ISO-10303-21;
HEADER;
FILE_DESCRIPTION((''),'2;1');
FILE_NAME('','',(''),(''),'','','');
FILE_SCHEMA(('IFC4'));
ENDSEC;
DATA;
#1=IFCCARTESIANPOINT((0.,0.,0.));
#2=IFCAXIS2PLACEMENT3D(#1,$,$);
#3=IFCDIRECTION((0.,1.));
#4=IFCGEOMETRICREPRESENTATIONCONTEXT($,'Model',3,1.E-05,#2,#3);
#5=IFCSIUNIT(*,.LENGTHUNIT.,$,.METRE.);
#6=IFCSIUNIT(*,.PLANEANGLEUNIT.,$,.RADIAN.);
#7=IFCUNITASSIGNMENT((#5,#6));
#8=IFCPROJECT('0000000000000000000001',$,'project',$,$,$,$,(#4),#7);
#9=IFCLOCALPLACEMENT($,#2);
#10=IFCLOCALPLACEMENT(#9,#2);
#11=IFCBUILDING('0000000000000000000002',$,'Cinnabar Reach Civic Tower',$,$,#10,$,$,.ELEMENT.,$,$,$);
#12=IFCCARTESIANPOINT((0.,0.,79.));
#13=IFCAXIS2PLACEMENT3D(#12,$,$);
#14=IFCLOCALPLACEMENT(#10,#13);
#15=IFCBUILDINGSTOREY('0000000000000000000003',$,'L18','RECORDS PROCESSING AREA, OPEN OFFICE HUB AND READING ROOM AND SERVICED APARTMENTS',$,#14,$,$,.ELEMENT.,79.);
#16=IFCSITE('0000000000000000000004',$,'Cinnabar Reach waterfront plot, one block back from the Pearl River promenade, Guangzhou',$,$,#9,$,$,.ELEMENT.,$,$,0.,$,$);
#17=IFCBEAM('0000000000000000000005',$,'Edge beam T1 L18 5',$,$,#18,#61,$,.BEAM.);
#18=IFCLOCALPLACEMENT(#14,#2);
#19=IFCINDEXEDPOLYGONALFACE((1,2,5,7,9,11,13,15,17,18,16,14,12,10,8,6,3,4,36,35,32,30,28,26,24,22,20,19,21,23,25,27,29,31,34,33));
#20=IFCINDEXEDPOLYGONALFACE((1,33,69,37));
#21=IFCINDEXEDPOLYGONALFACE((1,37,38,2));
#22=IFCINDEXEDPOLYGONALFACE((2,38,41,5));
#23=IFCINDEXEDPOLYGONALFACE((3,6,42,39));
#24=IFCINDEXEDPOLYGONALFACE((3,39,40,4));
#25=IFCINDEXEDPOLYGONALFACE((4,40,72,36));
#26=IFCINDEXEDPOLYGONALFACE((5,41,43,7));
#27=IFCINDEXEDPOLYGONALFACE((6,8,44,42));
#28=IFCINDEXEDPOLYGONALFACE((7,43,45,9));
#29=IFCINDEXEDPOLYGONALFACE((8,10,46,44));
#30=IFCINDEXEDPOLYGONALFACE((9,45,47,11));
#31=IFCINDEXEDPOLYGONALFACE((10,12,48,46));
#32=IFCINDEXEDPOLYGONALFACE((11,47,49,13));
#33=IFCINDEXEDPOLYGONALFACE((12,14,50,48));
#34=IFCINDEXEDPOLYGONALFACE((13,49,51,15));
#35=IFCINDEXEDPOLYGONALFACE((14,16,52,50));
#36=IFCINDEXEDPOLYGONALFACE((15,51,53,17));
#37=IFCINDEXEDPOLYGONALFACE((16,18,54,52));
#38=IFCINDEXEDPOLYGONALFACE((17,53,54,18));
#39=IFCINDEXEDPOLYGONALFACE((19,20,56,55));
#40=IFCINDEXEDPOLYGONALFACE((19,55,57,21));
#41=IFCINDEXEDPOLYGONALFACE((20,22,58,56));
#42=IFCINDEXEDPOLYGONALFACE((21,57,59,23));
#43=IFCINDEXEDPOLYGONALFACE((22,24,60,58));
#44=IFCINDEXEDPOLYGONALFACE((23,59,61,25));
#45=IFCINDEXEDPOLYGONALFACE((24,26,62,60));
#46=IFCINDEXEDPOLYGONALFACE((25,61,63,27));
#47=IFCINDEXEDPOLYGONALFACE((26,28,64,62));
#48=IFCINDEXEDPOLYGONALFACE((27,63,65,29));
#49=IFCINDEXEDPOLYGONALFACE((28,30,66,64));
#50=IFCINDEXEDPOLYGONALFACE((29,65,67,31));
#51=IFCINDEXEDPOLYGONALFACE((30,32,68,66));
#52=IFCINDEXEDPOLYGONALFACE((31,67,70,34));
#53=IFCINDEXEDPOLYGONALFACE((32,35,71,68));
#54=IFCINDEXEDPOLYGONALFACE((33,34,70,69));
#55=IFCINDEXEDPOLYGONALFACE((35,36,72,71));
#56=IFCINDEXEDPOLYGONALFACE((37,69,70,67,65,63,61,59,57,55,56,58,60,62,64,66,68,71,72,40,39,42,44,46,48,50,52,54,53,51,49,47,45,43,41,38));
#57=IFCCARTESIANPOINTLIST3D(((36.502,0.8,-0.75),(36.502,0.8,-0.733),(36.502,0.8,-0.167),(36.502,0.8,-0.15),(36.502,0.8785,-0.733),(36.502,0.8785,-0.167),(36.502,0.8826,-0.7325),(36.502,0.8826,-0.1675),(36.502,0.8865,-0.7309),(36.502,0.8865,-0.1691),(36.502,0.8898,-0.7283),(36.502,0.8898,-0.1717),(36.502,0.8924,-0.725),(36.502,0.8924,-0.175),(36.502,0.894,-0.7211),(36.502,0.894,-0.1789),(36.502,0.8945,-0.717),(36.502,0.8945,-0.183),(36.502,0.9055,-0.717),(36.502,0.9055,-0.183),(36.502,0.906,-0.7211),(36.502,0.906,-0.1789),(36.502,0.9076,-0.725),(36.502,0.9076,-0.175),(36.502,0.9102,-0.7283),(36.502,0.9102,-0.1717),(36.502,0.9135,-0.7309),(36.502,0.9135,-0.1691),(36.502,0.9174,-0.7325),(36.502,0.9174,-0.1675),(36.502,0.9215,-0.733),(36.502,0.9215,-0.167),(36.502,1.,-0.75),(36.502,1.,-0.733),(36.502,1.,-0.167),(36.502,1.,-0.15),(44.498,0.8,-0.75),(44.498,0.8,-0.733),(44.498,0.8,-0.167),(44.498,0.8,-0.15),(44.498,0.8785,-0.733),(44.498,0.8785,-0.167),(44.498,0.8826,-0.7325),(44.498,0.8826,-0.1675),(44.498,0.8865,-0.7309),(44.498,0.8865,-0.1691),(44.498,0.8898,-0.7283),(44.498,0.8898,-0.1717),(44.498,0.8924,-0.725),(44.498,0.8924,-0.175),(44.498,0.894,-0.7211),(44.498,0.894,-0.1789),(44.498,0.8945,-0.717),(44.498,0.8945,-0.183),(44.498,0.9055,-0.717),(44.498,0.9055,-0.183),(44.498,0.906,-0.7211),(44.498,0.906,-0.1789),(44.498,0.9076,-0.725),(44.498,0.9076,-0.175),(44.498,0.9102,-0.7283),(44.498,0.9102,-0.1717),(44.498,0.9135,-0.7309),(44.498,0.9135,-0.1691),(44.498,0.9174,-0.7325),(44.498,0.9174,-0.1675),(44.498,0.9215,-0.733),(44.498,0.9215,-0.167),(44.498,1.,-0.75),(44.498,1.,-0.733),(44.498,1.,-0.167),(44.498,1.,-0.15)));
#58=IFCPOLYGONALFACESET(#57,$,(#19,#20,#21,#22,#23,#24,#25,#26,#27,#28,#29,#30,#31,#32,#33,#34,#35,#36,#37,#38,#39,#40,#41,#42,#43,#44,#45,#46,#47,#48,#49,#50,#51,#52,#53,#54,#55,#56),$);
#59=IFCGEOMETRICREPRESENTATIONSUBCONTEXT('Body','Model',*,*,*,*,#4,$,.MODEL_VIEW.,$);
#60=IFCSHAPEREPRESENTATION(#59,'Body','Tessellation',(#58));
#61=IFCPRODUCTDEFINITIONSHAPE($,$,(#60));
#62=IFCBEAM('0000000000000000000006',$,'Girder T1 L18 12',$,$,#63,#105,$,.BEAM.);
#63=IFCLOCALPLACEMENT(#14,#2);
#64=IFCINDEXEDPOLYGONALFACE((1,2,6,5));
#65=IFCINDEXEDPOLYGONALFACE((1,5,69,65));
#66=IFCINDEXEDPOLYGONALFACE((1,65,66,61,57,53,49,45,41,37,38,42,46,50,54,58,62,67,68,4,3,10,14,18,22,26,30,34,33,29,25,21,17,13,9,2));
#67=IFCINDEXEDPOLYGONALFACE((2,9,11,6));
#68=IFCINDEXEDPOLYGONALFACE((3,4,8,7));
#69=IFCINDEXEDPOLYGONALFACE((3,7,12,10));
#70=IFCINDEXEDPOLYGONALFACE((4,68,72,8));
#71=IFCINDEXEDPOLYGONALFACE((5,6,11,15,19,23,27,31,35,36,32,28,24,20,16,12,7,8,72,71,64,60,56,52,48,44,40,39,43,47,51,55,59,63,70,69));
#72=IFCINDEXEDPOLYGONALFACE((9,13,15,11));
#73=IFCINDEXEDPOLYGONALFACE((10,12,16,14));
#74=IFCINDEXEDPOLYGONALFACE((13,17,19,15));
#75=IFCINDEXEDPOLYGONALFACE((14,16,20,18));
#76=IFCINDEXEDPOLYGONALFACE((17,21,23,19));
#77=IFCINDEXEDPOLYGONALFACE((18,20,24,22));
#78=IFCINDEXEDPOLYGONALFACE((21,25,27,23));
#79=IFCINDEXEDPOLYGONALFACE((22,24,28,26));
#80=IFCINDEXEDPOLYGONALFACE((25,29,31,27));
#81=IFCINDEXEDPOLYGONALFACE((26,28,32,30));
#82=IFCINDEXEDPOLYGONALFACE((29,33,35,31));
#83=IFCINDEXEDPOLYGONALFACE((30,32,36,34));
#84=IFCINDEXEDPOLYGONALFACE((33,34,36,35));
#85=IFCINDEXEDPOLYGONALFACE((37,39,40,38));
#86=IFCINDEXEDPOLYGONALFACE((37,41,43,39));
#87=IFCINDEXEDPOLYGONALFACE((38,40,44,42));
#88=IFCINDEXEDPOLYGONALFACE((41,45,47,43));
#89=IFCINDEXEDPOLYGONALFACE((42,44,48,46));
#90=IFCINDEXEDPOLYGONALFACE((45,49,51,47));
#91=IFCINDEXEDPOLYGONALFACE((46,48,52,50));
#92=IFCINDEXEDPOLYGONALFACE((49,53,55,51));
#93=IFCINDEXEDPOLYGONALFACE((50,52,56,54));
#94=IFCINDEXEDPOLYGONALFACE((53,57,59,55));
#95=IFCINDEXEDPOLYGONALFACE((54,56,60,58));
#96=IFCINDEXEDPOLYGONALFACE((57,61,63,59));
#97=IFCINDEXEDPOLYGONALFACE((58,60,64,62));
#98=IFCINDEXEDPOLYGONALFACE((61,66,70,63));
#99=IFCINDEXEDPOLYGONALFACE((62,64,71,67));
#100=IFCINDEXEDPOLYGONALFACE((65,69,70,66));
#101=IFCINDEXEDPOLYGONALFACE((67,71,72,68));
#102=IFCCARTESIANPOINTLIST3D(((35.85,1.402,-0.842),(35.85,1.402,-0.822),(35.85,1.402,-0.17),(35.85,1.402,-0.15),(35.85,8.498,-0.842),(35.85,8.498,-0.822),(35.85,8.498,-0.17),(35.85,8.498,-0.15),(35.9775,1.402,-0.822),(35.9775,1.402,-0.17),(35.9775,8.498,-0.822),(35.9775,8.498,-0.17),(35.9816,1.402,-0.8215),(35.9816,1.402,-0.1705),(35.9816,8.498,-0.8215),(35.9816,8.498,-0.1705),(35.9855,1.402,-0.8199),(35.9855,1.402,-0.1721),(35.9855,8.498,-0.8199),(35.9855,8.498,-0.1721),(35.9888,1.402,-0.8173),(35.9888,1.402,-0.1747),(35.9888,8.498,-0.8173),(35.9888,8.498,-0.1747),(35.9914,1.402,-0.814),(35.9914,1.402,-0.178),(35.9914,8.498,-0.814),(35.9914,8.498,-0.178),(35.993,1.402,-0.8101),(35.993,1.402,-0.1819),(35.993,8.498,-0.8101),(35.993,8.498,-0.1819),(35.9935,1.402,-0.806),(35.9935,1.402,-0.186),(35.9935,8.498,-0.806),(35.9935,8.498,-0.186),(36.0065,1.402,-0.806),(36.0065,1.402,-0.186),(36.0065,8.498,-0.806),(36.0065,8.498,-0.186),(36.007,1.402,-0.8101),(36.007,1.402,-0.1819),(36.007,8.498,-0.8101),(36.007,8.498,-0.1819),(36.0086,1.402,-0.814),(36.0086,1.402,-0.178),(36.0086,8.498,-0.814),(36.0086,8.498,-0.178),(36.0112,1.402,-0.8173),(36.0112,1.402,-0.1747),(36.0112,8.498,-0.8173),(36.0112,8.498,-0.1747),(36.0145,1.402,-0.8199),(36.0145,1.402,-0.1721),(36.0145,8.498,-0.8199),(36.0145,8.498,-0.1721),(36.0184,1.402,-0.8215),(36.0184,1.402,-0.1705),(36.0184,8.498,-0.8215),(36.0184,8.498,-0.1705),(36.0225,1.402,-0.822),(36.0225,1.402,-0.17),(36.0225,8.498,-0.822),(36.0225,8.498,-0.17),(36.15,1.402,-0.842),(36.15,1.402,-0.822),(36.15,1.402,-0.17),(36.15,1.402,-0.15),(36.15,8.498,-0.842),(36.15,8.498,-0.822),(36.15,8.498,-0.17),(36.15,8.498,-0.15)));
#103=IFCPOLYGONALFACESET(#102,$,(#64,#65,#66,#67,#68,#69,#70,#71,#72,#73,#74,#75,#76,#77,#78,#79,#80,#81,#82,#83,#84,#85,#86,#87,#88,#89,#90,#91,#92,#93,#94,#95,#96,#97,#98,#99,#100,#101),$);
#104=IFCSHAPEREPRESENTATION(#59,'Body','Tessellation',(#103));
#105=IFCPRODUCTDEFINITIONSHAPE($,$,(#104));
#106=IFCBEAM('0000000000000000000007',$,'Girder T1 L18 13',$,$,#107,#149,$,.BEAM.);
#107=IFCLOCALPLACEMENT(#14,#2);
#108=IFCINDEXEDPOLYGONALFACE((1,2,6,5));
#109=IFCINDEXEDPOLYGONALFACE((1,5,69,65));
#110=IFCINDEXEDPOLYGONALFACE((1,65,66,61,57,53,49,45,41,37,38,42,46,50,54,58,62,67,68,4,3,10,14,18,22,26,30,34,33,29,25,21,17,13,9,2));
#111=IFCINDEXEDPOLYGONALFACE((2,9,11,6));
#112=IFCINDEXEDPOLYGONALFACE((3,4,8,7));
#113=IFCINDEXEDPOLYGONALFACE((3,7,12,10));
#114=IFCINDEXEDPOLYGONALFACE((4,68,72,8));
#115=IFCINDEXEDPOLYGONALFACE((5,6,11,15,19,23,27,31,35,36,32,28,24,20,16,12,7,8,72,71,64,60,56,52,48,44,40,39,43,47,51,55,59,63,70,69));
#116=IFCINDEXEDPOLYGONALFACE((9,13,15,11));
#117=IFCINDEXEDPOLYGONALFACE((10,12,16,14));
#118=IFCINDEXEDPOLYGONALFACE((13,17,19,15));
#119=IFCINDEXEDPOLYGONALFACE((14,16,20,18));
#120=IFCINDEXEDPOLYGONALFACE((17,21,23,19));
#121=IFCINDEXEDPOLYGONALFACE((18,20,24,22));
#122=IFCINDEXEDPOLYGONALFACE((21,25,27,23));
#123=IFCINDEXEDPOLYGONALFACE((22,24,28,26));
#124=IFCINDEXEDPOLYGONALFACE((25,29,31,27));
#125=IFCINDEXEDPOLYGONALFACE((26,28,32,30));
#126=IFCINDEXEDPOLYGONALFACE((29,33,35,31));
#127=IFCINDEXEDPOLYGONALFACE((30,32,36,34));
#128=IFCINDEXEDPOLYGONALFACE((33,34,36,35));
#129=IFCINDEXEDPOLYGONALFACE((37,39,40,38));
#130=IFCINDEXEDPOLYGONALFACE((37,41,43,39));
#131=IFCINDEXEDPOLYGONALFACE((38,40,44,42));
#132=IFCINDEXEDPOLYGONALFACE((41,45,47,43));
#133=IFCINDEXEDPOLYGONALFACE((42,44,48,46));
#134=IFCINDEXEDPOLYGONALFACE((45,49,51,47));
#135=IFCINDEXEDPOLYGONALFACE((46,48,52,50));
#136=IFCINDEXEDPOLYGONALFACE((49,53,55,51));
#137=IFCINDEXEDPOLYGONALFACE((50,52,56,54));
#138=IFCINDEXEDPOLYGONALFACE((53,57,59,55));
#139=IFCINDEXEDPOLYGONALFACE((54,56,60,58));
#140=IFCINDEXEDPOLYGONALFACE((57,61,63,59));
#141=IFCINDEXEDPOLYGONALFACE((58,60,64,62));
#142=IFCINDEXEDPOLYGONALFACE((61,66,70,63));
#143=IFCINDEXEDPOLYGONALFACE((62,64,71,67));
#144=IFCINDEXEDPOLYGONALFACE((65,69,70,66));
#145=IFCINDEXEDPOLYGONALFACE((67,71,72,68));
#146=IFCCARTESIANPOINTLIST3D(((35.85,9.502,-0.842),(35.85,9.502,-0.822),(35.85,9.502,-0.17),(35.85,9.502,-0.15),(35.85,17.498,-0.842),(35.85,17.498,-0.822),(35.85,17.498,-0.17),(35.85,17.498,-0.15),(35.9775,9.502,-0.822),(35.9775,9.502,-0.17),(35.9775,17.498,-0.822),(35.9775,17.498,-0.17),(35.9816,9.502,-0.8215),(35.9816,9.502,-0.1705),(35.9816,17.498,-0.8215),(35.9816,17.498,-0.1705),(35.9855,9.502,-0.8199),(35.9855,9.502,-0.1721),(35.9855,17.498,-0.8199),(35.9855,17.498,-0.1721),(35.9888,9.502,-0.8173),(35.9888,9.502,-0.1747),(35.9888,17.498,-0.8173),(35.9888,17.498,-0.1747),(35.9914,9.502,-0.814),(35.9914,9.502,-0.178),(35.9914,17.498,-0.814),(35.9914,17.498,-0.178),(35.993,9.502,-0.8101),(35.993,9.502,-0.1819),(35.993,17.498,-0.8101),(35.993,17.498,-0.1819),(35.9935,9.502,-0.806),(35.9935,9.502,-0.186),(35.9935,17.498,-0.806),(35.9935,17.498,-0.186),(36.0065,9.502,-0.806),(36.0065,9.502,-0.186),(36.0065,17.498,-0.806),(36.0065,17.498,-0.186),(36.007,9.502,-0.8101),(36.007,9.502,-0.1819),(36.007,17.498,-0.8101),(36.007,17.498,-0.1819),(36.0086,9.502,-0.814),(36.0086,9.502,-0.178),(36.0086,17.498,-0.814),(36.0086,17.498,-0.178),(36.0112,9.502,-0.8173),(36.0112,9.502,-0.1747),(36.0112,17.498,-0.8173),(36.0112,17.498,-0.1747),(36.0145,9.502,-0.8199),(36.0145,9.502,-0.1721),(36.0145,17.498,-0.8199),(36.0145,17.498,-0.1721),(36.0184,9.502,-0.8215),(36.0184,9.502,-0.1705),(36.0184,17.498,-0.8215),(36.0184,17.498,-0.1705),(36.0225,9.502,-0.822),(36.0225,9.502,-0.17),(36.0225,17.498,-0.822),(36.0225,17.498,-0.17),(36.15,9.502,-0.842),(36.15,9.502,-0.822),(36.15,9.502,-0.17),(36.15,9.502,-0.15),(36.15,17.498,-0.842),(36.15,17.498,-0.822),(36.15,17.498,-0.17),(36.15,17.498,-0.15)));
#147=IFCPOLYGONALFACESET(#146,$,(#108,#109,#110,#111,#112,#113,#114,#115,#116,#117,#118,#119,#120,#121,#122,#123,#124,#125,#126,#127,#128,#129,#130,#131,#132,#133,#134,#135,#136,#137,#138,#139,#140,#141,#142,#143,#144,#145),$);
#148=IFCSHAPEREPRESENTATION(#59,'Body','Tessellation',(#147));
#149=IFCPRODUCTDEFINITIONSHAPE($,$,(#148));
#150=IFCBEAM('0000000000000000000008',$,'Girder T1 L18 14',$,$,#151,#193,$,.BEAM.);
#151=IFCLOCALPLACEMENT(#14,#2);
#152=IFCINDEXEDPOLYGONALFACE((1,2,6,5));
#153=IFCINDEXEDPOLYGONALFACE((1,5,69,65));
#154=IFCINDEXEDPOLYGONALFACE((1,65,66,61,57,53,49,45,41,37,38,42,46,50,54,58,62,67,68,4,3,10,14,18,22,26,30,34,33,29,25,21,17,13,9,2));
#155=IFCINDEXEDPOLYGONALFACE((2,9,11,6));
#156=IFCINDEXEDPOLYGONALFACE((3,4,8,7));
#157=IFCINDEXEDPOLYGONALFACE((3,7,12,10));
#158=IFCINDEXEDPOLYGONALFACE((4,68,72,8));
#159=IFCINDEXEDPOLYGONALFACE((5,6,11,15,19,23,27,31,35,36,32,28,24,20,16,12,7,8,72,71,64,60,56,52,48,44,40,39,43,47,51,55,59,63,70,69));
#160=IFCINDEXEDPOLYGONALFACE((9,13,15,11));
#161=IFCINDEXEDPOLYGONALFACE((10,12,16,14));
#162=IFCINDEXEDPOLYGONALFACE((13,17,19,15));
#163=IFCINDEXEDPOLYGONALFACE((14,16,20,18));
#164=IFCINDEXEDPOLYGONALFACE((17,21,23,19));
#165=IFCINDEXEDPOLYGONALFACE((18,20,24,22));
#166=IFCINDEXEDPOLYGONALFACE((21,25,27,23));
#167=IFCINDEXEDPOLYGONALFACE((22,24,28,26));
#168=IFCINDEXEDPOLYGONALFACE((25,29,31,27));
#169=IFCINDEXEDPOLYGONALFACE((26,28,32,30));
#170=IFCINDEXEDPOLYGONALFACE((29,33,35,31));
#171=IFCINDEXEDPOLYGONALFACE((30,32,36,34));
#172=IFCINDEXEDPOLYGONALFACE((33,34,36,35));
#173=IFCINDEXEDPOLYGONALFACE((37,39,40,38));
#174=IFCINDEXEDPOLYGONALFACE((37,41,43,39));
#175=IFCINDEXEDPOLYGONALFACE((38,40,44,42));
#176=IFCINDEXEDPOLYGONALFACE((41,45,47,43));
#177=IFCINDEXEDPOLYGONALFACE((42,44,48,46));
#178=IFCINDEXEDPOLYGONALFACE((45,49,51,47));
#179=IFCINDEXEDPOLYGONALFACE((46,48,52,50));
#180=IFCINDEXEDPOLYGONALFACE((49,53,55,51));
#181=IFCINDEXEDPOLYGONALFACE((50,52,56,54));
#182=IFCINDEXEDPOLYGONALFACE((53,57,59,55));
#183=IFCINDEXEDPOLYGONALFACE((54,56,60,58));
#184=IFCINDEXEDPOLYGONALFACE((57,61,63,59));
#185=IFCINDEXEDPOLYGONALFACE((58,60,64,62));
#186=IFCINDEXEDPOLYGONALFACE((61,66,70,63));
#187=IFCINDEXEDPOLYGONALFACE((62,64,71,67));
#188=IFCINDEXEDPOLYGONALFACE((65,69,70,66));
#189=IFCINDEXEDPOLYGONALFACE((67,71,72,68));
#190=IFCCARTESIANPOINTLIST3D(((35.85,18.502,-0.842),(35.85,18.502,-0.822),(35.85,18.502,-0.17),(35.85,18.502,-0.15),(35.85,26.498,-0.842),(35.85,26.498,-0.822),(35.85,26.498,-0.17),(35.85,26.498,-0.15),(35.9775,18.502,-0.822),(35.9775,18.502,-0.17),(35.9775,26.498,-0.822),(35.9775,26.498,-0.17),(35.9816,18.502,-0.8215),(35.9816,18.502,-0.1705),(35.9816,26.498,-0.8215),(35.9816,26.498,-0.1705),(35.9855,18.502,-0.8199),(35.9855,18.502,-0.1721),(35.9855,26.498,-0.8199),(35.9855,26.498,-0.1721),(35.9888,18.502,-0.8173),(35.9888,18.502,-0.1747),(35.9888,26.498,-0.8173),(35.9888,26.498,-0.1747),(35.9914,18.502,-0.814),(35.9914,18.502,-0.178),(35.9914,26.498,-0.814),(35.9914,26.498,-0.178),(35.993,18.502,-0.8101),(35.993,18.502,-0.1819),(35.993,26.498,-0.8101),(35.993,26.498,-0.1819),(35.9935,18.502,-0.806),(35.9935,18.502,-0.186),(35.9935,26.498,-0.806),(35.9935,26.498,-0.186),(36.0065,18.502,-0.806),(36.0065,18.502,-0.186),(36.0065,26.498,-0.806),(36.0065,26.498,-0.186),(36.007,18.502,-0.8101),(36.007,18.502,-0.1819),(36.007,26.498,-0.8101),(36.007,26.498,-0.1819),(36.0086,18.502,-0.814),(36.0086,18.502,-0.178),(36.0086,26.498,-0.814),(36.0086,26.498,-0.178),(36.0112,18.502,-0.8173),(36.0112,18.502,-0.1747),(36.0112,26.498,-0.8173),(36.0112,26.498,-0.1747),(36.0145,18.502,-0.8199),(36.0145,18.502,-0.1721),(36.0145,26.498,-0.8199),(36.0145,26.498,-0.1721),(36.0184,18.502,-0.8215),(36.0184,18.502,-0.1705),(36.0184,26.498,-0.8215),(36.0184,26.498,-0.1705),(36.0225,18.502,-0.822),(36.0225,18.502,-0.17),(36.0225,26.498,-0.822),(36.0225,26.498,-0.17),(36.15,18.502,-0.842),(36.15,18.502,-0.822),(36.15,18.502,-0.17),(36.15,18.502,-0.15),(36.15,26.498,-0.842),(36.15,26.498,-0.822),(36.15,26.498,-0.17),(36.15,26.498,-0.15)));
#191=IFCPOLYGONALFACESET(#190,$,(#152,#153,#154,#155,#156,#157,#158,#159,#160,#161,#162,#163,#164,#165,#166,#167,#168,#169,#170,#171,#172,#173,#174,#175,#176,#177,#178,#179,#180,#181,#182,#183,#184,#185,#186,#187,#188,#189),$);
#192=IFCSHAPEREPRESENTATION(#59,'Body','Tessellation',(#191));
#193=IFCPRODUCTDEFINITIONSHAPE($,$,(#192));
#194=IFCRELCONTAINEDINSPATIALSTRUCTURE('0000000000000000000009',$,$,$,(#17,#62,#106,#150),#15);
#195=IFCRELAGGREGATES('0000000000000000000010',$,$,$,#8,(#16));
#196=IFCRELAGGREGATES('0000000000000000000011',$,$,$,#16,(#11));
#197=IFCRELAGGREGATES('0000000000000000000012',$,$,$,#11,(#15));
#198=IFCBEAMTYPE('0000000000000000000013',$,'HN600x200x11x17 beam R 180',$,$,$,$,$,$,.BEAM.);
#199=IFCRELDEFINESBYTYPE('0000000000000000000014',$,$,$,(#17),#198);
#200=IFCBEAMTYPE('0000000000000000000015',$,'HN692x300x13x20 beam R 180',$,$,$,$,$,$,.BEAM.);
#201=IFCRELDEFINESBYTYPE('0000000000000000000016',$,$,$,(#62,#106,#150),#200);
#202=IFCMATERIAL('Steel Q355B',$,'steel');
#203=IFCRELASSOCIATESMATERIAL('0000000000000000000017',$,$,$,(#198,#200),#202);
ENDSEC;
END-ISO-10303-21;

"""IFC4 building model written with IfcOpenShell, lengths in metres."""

from ifc_helpers import new_model, si_unit, direction, frame, origin, origin_2d, place, context, subcontext, project, spatial, i_section, extrude, material, material_profile, profile_set, type_object, element, save


model = new_model("IFC4")

# Units and contexts
model_context = context("Model", 3, precision=1e-05, world=origin(), true_north=direction((0.0, 1.0)))
body_context = subcontext(model_context, "Body", "Model", "MODEL_VIEW")
ifc_project = project(units=[si_unit("LENGTHUNIT", "METRE"), si_unit("PLANEANGLEUNIT", "RADIAN")], contexts=[model_context])

# Site, building, storey
site_placement = place(None, origin())
site = spatial("IfcSite", under=ifc_project, at=site_placement, Name="Cinnabar Reach waterfront plot, one block back from the Pearl River promenade, Guangzhou", CompositionType="ELEMENT", RefElevation=0.0)
building_placement = place(site_placement, origin())
building = spatial("IfcBuilding", under=site, at=building_placement, Name="Cinnabar Reach Civic Tower", CompositionType="ELEMENT")
storey_placement = place(building_placement, frame((0.0, 0.0, 79.0)))
storey = spatial("IfcBuildingStorey", under=building, at=storey_placement, Name="L18", Description="RECORDS PROCESSING AREA, OPEN OFFICE HUB AND READING ROOM AND SERVICED APARTMENTS", CompositionType="ELEMENT", Elevation=79.0)

# Beams
ifc_material_1 = material(Name="Steel Q355B", Category="steel")
ifc_material_profile_1 = material_profile(ifc_material_1, i_section(OverallWidth=0.2, OverallDepth=0.6, WebThickness=0.011, FlangeThickness=0.017, FilletRadius=0.016, at=origin_2d()), Name="HN600x200x11x17")
ifc_profile_set_1 = profile_set([ifc_material_profile_1], Name="Steel Q355B")
beam_type_1 = type_object("IfcBeamType", Name="HN600x200x11x17 beam R 180", PredefinedType="BEAM", material=ifc_profile_set_1)
for number, where, z_axis, x_axis, name in (
    (1, (36.502, 0.9, -0.45), (1.0, 0.0, 0.0), (0.0, 1.0, 0.0), "Edge beam T1 L18 5"),
):
    element("IfcBeam", number, at=place(storey_placement, frame(where, z_axis=z_axis, x_axis=x_axis)), inside=storey, type_object=beam_type_1, Name=name, PredefinedType="BEAM", context=body_context, shape_type="SweptSolid", body=[
        extrude(i_section(OverallWidth=0.2, OverallDepth=0.6, WebThickness=0.011, FlangeThickness=0.017, FilletRadius=0.016, at=origin_2d()), origin(), (0.0, 0.0, 1.0), 7.996),
    ])
ifc_material_profile_2 = material_profile(ifc_material_1, i_section(OverallWidth=0.3, OverallDepth=0.692, WebThickness=0.013, FlangeThickness=0.02, FilletRadius=0.016, at=origin_2d()), Name="HN692x300x13x20")
ifc_profile_set_2 = profile_set([ifc_material_profile_2], Name="Steel Q355B")
beam_type_2 = type_object("IfcBeamType", Name="HN692x300x13x20 beam R 180", PredefinedType="BEAM", material=ifc_profile_set_2)
beam_1_placement = place(storey_placement, frame((36.0, 1.402, -0.496), z_axis=(0.0, 1.0, 0.0), x_axis=(-1.0, 0.0, 0.0)))
element("IfcBeam", 2, at=beam_1_placement, inside=storey, type_object=beam_type_2, Name="Girder T1 L18 12", PredefinedType="BEAM", context=body_context, shape_type="SweptSolid", body=[
    extrude(i_section(OverallWidth=0.3, OverallDepth=0.692, WebThickness=0.013, FlangeThickness=0.02, FilletRadius=0.016, at=origin_2d()), origin(), (0.0, 0.0, 1.0), 7.096),
])
for number, where, z_axis, x_axis, name in (
    (3, (36.0, 9.502, -0.496), (0.0, 1.0, 0.0), (-1.0, 0.0, 0.0), "Girder T1 L18 13"),
    (4, (36.0, 18.502, -0.496), (0.0, 1.0, 0.0), (-1.0, 0.0, 0.0), "Girder T1 L18 14"),
):
    element("IfcBeam", number, at=place(storey_placement, frame(where, z_axis=z_axis, x_axis=x_axis)), inside=storey, type_object=beam_type_2, Name=name, PredefinedType="BEAM", context=body_context, shape_type="SweptSolid", body=[
        extrude(i_section(OverallWidth=0.3, OverallDepth=0.692, WebThickness=0.013, FlangeThickness=0.02, FilletRadius=0.016, at=origin_2d()), origin(), (0.0, 0.0, 1.0), 7.996),
    ])

save(model, "model.ifc")
